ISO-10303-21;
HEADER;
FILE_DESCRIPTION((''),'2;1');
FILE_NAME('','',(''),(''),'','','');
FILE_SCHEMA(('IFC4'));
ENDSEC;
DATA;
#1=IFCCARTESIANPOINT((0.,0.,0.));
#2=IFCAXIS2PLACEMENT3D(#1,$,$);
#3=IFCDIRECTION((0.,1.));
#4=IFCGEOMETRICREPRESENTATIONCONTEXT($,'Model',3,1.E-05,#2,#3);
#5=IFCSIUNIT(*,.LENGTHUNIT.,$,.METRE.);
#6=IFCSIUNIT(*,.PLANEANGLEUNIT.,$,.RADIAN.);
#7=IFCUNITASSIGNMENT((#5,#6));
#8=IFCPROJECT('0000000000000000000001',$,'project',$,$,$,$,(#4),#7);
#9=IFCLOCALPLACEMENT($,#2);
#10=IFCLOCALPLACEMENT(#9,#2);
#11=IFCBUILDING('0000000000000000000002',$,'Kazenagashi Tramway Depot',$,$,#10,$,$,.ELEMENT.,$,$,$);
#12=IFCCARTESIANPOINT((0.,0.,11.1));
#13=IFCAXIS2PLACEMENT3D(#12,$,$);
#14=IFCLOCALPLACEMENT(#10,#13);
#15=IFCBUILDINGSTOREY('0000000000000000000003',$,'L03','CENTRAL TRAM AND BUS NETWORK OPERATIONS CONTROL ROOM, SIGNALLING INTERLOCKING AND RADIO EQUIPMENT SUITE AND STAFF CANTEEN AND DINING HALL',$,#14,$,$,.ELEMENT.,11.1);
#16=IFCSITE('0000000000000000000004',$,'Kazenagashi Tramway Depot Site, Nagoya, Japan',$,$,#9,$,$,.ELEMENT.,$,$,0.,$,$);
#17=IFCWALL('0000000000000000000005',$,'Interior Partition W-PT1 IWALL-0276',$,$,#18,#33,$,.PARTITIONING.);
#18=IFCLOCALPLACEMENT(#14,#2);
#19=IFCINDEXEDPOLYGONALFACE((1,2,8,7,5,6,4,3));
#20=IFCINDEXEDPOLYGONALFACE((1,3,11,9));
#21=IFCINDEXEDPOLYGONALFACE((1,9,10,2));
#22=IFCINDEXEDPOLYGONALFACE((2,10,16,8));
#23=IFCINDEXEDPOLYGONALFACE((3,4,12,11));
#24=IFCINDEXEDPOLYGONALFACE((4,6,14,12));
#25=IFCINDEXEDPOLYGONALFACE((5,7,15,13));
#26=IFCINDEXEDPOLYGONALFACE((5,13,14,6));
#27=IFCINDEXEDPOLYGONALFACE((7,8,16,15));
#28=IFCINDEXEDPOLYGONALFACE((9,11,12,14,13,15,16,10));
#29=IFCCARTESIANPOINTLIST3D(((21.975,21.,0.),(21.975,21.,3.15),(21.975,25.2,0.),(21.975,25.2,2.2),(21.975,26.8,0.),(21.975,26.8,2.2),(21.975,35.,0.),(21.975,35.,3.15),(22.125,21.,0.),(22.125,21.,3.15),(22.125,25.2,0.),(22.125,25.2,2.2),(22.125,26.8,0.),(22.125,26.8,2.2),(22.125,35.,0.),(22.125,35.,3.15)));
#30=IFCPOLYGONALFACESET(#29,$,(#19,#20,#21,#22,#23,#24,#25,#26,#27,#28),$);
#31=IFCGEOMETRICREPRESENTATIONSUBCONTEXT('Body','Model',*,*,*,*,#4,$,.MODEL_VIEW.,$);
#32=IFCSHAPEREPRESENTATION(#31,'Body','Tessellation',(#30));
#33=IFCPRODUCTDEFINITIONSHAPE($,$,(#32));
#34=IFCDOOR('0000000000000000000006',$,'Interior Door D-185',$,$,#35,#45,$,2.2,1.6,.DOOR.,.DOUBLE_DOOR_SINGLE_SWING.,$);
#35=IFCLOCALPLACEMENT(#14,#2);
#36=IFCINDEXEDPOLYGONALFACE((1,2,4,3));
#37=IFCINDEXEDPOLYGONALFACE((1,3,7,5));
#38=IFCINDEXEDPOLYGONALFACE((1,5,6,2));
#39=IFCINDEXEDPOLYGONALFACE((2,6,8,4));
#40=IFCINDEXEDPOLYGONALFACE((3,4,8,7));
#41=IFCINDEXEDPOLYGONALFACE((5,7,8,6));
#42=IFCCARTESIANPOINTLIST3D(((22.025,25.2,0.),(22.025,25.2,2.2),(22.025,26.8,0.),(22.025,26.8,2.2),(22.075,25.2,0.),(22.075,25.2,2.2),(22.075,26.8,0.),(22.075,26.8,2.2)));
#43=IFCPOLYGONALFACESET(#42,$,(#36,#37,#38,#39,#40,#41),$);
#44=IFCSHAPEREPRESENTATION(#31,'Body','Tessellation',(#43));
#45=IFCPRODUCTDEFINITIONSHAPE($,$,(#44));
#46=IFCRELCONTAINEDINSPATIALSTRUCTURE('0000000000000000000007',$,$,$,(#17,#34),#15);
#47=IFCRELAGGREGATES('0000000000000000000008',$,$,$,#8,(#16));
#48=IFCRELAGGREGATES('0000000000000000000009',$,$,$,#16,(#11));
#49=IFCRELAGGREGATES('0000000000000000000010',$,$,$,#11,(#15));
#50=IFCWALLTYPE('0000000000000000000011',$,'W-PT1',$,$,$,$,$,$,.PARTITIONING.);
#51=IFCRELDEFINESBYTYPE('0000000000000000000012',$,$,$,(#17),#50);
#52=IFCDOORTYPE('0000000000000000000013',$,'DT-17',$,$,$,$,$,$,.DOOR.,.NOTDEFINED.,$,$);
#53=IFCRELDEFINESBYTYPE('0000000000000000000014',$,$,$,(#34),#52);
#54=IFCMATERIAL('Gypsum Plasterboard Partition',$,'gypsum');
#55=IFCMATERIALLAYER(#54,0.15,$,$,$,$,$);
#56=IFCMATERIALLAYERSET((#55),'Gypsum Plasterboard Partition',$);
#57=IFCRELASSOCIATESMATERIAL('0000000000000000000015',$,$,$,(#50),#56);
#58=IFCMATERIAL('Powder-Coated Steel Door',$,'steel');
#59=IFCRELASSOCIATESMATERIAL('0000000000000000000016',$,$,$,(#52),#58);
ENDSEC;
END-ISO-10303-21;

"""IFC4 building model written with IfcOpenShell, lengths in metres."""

from ifc_helpers import new_model, si_unit, direction, frame, frame_2d, origin, place, context, subcontext, project, spatial, rectangle, extrude, material, layer, layer_set, type_object, element, fill, save


model = new_model("IFC4")

# Units and contexts
model_context = context("Model", 3, precision=1e-05, world=origin(), true_north=direction((0.0, 1.0)))
body_context = subcontext(model_context, "Body", "Model", "MODEL_VIEW")
ifc_project = project(units=[si_unit("LENGTHUNIT", "METRE"), si_unit("PLANEANGLEUNIT", "RADIAN")], contexts=[model_context])

# Site, building, storey
site_placement = place(None, origin())
site = spatial("IfcSite", under=ifc_project, at=site_placement, Name="Kazenagashi Tramway Depot Site, Nagoya, Japan", CompositionType="ELEMENT", RefElevation=0.0)
building_placement = place(site_placement, origin())
building = spatial("IfcBuilding", under=site, at=building_placement, Name="Kazenagashi Tramway Depot", CompositionType="ELEMENT")
storey_placement = place(building_placement, frame((0.0, 0.0, 11.1)))
storey = spatial("IfcBuildingStorey", under=building, at=storey_placement, Name="L03", Description="CENTRAL TRAM AND BUS NETWORK OPERATIONS CONTROL ROOM, SIGNALLING INTERLOCKING AND RADIO EQUIPMENT SUITE AND STAFF CANTEEN AND DINING HALL", CompositionType="ELEMENT", Elevation=11.1)

# Wall, opening, door
ifc_material_1 = material(Name="Gypsum Plasterboard Partition", Category="gypsum")
ifc_layer = layer(ifc_material_1, 0.15)
ifc_layer_set = layer_set([ifc_layer], Name="Gypsum Plasterboard Partition")
wall_type = type_object("IfcWallType", Name="W-PT1", PredefinedType="PARTITIONING", material=ifc_layer_set)
wall_placement = place(storey_placement, frame((22.05, 21.0, 0.0), z_axis=(0.0, 0.0, 1.0), x_axis=(0.0, 1.0, 0.0)))
wall = element("IfcWall", 1, at=wall_placement, inside=storey, type_object=wall_type, Name="Interior Partition W-PT1 IWALL-0276", PredefinedType="PARTITIONING", context=body_context, shape_type="SweptSolid", body=[
    extrude(rectangle(XDim=14.0, YDim=0.15, at=frame_2d((7.0, 0.0))), origin(), (0.0, 0.0, 1.0), 3.15),
])
opening_placement = place(wall_placement, frame((4.2, 0.0, 0.0)))
opening = element("IfcOpeningElement", 2, at=opening_placement, cuts=wall, PredefinedType="OPENING", context=body_context, shape_type="SweptSolid", body=[
    extrude(rectangle(XDim=1.6, YDim=2.2, at=frame_2d((0.8, 1.1))), frame((0.0, 0.085, 0.0), z_axis=(0.0, -1.0, 0.0), x_axis=(1.0, 0.0, 0.0)), (0.0, 0.0, 1.0), 0.17),
])
ifc_material_2 = material(Name="Powder-Coated Steel Door", Category="steel")
door_type = type_object("IfcDoorType", Name="DT-17", OperationType="NOTDEFINED", PredefinedType="DOOR", material=ifc_material_2)
door_placement = place(opening_placement, origin())
door = element("IfcDoor", 3, at=door_placement, inside=storey, type_object=door_type, Name="Interior Door D-185", OperationType="DOUBLE_DOOR_SINGLE_SWING", OverallHeight=2.2, OverallWidth=1.6, PredefinedType="DOOR", context=body_context, shape_type="SweptSolid", body=[
    extrude(rectangle(XDim=1.6, YDim=2.2, at=frame_2d((0.8, 1.1))), frame((0.0, 0.025, 0.0), z_axis=(0.0, -1.0, 0.0), x_axis=(1.0, 0.0, 0.0)), (0.0, 0.0, 1.0), 0.05),
])
fill(opening, door)

save(model, "model.ifc")
